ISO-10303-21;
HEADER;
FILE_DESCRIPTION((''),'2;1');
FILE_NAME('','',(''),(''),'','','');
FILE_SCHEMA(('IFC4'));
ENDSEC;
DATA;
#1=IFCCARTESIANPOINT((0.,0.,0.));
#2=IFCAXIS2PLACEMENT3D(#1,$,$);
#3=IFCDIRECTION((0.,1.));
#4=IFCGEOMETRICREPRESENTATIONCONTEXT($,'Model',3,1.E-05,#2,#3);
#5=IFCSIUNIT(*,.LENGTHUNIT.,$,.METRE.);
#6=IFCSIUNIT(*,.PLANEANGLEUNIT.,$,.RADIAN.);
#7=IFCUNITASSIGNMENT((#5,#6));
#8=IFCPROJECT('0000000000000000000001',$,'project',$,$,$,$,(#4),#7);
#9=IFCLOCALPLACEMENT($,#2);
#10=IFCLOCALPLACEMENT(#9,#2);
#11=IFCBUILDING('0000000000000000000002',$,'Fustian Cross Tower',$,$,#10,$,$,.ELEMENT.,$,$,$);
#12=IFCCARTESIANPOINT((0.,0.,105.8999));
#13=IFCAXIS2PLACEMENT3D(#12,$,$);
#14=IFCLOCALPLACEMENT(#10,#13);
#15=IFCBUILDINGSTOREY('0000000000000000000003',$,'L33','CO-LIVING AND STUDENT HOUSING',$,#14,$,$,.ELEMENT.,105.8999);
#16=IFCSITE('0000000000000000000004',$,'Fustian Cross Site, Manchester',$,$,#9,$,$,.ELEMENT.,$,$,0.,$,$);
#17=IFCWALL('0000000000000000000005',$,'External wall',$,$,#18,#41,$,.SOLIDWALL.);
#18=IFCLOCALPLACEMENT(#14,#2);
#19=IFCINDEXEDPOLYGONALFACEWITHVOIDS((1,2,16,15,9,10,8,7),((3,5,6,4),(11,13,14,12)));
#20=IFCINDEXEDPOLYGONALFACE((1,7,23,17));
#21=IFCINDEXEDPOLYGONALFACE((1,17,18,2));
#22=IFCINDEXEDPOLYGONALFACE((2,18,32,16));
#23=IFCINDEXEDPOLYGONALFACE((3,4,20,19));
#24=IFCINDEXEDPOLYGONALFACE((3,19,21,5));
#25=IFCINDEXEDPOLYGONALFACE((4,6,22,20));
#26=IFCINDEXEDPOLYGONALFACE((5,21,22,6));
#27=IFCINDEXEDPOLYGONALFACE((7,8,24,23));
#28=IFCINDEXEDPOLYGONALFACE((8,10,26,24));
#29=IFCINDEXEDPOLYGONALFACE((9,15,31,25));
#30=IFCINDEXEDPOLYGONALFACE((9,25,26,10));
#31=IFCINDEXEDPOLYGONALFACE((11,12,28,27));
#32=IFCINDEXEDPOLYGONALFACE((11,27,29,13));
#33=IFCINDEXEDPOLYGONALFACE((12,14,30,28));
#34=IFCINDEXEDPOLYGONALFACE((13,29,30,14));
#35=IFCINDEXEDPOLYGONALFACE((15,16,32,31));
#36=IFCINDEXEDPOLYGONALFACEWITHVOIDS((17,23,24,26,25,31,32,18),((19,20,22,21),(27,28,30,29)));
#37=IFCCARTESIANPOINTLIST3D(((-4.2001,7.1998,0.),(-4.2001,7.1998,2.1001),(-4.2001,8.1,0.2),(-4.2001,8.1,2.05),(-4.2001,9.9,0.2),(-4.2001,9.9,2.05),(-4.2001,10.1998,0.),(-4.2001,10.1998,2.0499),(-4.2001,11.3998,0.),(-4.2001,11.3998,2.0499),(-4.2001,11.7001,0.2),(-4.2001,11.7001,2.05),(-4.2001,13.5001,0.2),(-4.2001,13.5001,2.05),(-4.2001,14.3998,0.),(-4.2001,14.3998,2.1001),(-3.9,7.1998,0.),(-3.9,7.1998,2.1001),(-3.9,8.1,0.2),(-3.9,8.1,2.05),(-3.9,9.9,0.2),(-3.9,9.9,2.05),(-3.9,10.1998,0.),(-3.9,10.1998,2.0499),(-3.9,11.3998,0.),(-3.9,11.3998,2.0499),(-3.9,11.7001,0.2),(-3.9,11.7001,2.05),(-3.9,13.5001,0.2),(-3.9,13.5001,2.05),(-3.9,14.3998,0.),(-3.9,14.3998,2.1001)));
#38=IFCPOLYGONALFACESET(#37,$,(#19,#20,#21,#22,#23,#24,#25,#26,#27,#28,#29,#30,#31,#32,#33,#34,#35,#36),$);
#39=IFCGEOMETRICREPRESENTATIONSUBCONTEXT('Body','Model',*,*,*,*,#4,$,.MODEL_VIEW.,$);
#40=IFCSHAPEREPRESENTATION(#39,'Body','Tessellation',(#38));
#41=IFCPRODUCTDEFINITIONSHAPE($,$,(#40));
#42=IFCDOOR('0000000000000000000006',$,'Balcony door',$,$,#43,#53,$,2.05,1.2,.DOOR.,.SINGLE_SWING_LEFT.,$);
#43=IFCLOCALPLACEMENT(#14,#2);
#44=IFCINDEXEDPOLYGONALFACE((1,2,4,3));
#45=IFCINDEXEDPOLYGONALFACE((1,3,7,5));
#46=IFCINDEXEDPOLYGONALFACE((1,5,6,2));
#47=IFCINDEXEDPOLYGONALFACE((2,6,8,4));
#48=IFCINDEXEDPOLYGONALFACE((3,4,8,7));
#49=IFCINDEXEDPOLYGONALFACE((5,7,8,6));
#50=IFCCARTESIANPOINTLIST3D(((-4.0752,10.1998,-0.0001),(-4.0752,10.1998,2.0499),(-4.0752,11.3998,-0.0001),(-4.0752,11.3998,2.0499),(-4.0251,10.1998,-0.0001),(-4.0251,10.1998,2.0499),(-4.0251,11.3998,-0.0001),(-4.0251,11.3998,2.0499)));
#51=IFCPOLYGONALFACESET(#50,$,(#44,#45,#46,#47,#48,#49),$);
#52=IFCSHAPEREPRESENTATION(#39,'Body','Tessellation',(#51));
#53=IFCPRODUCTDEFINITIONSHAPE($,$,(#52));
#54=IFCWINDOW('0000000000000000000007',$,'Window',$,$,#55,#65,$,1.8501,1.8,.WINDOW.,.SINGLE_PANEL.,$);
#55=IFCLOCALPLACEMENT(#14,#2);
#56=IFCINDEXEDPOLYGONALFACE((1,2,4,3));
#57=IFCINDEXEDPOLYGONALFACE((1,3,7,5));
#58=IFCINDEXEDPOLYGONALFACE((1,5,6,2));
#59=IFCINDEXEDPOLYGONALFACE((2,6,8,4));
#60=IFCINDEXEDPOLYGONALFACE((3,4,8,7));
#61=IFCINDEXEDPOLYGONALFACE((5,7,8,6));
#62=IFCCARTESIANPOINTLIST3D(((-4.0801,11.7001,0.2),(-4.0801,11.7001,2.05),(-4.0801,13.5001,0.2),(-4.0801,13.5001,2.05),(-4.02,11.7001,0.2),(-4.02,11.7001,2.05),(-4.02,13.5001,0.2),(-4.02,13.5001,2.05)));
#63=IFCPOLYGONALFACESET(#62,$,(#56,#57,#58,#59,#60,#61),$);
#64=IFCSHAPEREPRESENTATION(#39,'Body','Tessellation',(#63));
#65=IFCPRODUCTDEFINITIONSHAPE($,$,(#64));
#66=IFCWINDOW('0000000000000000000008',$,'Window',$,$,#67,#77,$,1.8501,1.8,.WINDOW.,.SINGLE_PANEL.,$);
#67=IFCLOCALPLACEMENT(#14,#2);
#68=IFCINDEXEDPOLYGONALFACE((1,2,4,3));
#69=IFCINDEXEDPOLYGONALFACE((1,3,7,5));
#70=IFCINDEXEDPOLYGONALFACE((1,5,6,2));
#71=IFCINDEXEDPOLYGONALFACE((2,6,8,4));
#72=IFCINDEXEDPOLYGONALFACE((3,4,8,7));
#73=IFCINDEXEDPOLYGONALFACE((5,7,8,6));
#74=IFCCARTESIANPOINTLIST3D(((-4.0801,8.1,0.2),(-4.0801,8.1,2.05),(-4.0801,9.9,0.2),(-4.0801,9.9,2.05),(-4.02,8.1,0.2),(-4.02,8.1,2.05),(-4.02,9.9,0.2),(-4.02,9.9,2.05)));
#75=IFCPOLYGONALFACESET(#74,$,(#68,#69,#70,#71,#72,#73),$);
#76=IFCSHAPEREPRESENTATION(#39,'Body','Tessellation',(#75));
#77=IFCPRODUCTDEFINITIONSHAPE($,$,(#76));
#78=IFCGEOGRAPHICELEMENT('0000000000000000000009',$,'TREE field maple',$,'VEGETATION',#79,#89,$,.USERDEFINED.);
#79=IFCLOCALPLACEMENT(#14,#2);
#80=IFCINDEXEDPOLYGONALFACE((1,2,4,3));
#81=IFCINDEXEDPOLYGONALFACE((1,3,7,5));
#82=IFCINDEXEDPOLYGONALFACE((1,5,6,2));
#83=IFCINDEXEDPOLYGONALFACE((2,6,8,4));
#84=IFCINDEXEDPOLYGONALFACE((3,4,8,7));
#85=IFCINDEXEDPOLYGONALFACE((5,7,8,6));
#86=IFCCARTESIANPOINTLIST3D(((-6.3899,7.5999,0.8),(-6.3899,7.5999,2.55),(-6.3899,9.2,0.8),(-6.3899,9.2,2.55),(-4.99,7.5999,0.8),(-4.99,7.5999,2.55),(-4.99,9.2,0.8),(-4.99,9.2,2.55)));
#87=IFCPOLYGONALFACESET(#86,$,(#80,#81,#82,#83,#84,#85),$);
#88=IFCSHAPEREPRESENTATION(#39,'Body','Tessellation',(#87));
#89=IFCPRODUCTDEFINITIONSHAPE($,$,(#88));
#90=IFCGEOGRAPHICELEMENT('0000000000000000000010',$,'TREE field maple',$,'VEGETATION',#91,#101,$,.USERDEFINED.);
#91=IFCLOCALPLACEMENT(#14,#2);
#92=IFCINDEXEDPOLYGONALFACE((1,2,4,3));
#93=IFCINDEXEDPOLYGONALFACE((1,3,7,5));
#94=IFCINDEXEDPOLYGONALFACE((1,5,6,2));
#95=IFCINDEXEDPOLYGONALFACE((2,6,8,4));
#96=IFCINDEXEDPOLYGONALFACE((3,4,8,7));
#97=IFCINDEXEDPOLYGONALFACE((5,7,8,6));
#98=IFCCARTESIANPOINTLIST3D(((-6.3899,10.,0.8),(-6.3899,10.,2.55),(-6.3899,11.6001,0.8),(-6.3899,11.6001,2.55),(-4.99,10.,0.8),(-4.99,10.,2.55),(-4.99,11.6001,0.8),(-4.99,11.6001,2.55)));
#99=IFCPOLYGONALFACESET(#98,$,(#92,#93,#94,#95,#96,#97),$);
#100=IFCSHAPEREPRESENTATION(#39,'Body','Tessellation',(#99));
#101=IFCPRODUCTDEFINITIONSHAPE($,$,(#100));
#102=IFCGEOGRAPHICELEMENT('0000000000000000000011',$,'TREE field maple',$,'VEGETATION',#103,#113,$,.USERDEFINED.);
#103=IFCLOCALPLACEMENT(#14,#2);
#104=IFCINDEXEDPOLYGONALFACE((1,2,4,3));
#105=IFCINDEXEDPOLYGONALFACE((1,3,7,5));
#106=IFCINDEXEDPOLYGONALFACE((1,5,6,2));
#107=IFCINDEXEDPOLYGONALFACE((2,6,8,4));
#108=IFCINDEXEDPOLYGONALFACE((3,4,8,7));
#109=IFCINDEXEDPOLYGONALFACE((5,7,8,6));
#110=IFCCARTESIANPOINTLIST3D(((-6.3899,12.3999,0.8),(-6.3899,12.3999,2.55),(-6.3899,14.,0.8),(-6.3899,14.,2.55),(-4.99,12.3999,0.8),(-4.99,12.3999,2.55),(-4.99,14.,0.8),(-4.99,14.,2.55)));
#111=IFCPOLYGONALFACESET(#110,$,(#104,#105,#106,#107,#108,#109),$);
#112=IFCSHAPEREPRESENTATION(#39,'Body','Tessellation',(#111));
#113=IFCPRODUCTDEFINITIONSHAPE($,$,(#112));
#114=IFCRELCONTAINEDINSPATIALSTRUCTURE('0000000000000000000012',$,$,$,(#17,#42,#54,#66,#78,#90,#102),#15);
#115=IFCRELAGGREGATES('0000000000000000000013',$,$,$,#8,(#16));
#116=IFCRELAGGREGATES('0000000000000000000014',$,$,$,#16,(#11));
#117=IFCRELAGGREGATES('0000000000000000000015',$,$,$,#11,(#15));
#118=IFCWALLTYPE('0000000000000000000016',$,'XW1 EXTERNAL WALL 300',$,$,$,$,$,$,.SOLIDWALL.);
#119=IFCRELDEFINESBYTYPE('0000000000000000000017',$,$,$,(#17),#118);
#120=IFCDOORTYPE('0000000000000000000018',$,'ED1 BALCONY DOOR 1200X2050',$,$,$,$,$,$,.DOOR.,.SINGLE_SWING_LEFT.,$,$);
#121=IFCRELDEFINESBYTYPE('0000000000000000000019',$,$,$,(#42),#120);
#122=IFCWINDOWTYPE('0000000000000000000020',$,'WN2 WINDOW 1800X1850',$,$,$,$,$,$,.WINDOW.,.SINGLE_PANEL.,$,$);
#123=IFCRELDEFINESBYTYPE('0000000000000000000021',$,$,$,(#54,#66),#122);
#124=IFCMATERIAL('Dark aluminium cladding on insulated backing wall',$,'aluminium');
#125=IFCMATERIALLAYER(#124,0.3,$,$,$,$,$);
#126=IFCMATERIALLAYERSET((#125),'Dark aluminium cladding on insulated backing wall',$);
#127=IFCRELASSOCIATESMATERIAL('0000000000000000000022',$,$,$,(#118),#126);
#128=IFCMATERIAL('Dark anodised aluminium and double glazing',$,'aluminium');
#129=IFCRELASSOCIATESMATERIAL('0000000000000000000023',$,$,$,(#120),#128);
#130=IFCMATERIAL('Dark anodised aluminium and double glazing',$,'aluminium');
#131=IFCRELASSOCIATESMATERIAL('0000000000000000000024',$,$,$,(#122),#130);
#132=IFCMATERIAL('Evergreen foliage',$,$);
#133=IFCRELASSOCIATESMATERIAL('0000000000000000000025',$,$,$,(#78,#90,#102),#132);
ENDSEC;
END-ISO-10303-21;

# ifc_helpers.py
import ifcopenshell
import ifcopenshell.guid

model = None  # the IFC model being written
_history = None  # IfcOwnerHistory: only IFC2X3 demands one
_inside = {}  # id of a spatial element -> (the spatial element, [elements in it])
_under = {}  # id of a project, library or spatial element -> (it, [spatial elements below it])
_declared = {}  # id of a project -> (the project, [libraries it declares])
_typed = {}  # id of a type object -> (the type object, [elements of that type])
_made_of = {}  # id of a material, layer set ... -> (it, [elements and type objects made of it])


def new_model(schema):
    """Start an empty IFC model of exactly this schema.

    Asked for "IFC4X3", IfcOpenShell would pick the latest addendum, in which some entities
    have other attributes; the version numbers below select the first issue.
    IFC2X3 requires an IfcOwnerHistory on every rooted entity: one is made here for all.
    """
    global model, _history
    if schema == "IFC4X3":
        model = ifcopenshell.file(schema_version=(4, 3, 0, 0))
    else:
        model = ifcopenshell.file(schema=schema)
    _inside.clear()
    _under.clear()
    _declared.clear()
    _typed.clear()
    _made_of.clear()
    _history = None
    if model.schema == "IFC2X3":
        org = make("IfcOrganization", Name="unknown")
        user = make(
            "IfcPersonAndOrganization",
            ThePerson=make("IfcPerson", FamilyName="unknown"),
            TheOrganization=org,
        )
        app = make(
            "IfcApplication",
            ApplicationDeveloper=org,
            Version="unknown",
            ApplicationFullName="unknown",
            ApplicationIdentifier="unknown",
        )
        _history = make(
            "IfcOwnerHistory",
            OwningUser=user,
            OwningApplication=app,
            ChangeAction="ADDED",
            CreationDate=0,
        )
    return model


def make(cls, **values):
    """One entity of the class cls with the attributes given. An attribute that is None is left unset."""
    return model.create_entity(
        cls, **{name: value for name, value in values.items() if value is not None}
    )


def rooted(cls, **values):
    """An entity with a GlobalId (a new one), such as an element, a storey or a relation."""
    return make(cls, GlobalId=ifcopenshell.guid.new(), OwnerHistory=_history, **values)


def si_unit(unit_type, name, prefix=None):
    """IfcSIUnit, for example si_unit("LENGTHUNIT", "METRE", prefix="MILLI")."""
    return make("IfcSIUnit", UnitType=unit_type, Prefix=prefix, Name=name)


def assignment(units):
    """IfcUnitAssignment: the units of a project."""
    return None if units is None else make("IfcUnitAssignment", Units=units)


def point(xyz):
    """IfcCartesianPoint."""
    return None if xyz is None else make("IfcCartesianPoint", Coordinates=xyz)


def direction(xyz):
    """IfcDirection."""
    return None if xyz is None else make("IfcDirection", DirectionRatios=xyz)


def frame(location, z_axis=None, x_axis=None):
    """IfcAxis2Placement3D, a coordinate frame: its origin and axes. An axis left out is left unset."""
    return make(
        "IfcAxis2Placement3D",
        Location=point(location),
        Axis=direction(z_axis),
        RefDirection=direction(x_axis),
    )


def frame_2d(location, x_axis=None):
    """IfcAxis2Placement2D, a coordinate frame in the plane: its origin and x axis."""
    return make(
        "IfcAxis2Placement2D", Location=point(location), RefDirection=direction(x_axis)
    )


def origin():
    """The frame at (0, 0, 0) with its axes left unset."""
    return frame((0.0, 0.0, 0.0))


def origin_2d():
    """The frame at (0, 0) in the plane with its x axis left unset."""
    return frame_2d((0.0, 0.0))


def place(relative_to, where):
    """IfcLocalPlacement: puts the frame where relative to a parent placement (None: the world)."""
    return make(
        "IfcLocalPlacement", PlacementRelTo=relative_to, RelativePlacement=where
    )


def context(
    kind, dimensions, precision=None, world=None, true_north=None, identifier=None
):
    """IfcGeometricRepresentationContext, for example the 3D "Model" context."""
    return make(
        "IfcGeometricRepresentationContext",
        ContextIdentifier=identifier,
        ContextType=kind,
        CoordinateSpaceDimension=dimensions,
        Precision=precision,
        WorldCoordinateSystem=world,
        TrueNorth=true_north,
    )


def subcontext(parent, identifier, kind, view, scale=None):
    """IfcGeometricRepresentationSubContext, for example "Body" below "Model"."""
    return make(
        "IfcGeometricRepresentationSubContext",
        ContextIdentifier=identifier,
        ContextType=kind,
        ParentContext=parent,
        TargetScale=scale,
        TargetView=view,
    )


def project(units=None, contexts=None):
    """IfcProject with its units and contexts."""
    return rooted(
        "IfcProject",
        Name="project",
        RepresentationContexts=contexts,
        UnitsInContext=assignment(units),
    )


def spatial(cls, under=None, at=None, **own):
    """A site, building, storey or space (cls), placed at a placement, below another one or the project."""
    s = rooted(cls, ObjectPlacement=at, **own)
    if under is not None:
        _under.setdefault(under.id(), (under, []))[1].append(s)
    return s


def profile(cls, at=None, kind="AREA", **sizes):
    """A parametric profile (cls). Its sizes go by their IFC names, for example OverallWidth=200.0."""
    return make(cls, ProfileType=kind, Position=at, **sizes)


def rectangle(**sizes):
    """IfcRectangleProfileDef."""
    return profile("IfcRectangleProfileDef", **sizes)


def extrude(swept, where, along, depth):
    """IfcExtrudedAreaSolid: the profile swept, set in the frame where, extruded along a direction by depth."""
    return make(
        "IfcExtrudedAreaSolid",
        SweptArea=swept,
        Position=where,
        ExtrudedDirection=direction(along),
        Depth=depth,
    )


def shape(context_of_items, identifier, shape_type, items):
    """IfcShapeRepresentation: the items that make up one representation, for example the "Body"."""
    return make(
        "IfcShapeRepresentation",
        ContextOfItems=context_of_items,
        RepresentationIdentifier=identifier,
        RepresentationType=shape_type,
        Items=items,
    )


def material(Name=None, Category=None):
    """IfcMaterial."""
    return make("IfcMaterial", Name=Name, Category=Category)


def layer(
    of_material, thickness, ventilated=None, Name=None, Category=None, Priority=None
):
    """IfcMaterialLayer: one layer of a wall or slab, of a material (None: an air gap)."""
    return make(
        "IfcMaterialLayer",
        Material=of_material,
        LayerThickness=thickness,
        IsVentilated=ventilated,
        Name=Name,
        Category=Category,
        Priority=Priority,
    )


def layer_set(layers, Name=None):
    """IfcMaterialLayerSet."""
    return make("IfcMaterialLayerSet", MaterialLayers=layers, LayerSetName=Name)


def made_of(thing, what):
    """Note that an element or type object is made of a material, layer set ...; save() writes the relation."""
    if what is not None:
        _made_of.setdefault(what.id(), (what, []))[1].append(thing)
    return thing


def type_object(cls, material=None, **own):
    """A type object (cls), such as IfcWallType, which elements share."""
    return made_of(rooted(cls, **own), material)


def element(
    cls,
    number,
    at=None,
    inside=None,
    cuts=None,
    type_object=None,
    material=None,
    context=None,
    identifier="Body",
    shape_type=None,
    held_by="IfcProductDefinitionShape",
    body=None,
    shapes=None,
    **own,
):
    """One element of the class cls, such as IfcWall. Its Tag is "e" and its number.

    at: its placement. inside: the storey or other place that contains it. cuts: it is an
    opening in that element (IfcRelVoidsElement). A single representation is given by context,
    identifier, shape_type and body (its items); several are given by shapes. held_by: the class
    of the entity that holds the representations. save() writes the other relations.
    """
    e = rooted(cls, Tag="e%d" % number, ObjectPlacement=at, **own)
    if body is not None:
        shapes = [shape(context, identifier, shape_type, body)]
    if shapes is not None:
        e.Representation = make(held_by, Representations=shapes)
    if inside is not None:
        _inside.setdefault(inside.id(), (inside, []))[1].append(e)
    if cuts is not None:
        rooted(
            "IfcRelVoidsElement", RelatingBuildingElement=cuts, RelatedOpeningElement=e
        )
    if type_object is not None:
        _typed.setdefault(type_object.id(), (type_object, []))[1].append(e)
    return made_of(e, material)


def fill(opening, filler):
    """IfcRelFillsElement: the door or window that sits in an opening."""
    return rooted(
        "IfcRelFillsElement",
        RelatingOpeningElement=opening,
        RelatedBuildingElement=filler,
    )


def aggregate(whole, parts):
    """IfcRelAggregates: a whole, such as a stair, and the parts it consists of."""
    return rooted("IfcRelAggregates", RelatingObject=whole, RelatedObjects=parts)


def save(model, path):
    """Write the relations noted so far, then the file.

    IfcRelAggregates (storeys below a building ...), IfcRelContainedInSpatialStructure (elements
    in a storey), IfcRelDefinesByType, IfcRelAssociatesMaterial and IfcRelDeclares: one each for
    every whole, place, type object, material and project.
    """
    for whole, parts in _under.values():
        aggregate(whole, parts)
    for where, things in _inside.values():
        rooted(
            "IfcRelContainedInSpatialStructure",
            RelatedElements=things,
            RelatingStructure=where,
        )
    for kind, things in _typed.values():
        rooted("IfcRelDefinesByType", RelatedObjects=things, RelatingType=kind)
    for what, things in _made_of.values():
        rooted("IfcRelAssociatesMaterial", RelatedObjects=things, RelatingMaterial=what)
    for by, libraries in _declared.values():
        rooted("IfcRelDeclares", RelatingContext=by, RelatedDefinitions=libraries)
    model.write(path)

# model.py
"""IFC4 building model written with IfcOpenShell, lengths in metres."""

from ifc_helpers import new_model, si_unit, direction, frame, frame_2d, origin, origin_2d, place, context, subcontext, project, spatial, rectangle, extrude, material, layer, layer_set, type_object, element, fill, save


model = new_model("IFC4")

# Units and contexts
model_context = context("Model", 3, precision=1e-05, world=origin(), true_north=direction((0.0, 1.0)))
body_context = subcontext(model_context, "Body", "Model", "MODEL_VIEW")
ifc_project = project(units=[si_unit("LENGTHUNIT", "METRE"), si_unit("PLANEANGLEUNIT", "RADIAN")], contexts=[model_context])

# Site, building, storey
site_placement = place(None, origin())
site = spatial("IfcSite", under=ifc_project, at=site_placement, Name="Fustian Cross Site, Manchester", CompositionType="ELEMENT", RefElevation=0.0)
building_placement = place(site_placement, origin())
building = spatial("IfcBuilding", under=site, at=building_placement, Name="Fustian Cross Tower", CompositionType="ELEMENT")
storey_placement = place(building_placement, frame((0.0, 0.0, 105.8999)))
storey = spatial("IfcBuildingStorey", under=building, at=storey_placement, Name="L33", Description="CO-LIVING AND STUDENT HOUSING", CompositionType="ELEMENT", Elevation=105.8999)

# Shared definitions
ifc_material_1 = material(Name="Dark aluminium cladding on insulated backing wall", Category="aluminium")
ifc_layer_1 = layer(ifc_material_1, 0.3)
ifc_layer_set_1 = layer_set([ifc_layer_1], Name="Dark aluminium cladding on insulated backing wall")
wall_type_1 = type_object("IfcWallType", Name="XW1 EXTERNAL WALL 300", PredefinedType="SOLIDWALL", material=ifc_layer_set_1)

# Wall, openings, door, windows
wall_1_placement = place(storey_placement, frame((-4.05, 14.3999, 0.0), z_axis=(0.0, 0.0, 1.0), x_axis=(0.0, -1.0, 0.0)))
wall_1 = element("IfcWall", 1, at=wall_1_placement, inside=storey, type_object=wall_type_1, Name="External wall", PredefinedType="SOLIDWALL", context=body_context, shape_type="SweptSolid", body=[
    extrude(rectangle(XDim=7.2, YDim=0.3, at=frame_2d((3.6001, 0.0))), origin(), (0.0, 0.0, 1.0), 2.1001),
])
opening_1_placement = place(wall_1_placement, frame((3.0, 0.0, 0.0)))
opening_1 = element("IfcOpeningElement", 2, at=opening_1_placement, cuts=wall_1, PredefinedType="OPENING", context=body_context, shape_type="SweptSolid", body=[
    extrude(rectangle(XDim=1.2, YDim=2.05, at=frame_2d((0.6001, 1.0249))), frame((0.0, 0.1599, 0.0), z_axis=(0.0, -1.0, 0.0), x_axis=(1.0, 0.0, 0.0)), (0.0, 0.0, 1.0), 0.3201),
])
opening_2_placement = place(wall_1_placement, frame((0.8999, 0.0, 0.2)))
opening_2 = element("IfcOpeningElement", 3, at=opening_2_placement, cuts=wall_1, PredefinedType="OPENING", context=body_context, shape_type="SweptSolid", body=[
    extrude(rectangle(XDim=1.8, YDim=1.8501, at=frame_2d((0.8999, 0.925))), frame((0.0, 0.1599, 0.0), z_axis=(0.0, -1.0, 0.0), x_axis=(1.0, 0.0, 0.0)), (0.0, 0.0, 1.0), 0.3201),
])
opening_3_placement = place(wall_1_placement, frame((4.5, 0.0, 0.2)))
opening_3 = element("IfcOpeningElement", 4, at=opening_3_placement, cuts=wall_1, PredefinedType="OPENING", context=body_context, shape_type="SweptSolid", body=[
    extrude(rectangle(XDim=1.8, YDim=1.8501, at=frame_2d((0.8999, 0.925))), frame((0.0, 0.1599, 0.0), z_axis=(0.0, -1.0, 0.0), x_axis=(1.0, 0.0, 0.0)), (0.0, 0.0, 1.0), 0.3201),
])
ifc_material_2 = material(Name="Dark anodised aluminium and double glazing", Category="aluminium")
door_type_1 = type_object("IfcDoorType", Name="ED1 BALCONY DOOR 1200X2050", OperationType="SINGLE_SWING_LEFT", PredefinedType="DOOR", material=ifc_material_2)
door_1_placement = place(opening_1_placement, origin())
door_1 = element("IfcDoor", 5, at=door_1_placement, inside=storey, type_object=door_type_1, Name="Balcony door", OperationType="SINGLE_SWING_LEFT", OverallHeight=2.05, OverallWidth=1.2, PredefinedType="DOOR", context=body_context, shape_type="SweptSolid", body=[
    extrude(rectangle(XDim=1.2, YDim=2.05, at=frame_2d((0.6001, 1.0249))), frame((0.0, 0.0249, 0.0), z_axis=(0.0, -1.0, 0.0), x_axis=(1.0, 0.0, 0.0)), (0.0, 0.0, 1.0), 0.05),
])
fill(opening_1, door_1)
ifc_material_3 = material(Name="Dark anodised aluminium and double glazing", Category="aluminium")
window_type_1 = type_object("IfcWindowType", Name="WN2 WINDOW 1800X1850", PartitioningType="SINGLE_PANEL", PredefinedType="WINDOW", material=ifc_material_3)
window_1_placement = place(opening_2_placement, origin())
window_1 = element("IfcWindow", 6, at=window_1_placement, inside=storey, type_object=window_type_1, Name="Window", OverallHeight=1.8501, OverallWidth=1.8, PartitioningType="SINGLE_PANEL", PredefinedType="WINDOW", context=body_context, shape_type="SweptSolid", body=[
    extrude(rectangle(XDim=1.8, YDim=1.8501, at=frame_2d((0.8999, 0.925))), frame((0.0, 0.03, 0.0), z_axis=(0.0, -1.0, 0.0), x_axis=(1.0, 0.0, 0.0)), (0.0, 0.0, 1.0), 0.0601),
])
fill(opening_2, window_1)
window_2_placement = place(opening_3_placement, origin())
window_2 = element("IfcWindow", 7, at=window_2_placement, inside=storey, type_object=window_type_1, Name="Window", OverallHeight=1.8501, OverallWidth=1.8, PartitioningType="SINGLE_PANEL", PredefinedType="WINDOW", context=body_context, shape_type="SweptSolid", body=[
    extrude(rectangle(XDim=1.8, YDim=1.8501, at=frame_2d((0.8999, 0.925))), frame((0.0, 0.03, 0.0), z_axis=(0.0, -1.0, 0.0), x_axis=(1.0, 0.0, 0.0)), (0.0, 0.0, 1.0), 0.0601),
])
fill(opening_3, window_2)

# Geographic elements
ifc_material_4 = material(Name="Evergreen foliage")
for number, where, z_axis, x_axis, name in (
    (8, (-5.6899, 8.3999, 0.8), (0.0, 0.0, 1.0), (1.0, 0.0, 0.0), "TREE field maple"),
    (9, (-5.6899, 10.8, 0.8), (0.0, 0.0, 1.0), (1.0, 0.0, 0.0), "TREE field maple"),
    (10, (-5.6899, 13.2, 0.8), (0.0, 0.0, 1.0), (1.0, 0.0, 0.0), "TREE field maple"),
):
    element("IfcGeographicElement", number, at=place(storey_placement, frame(where, z_axis=z_axis, x_axis=x_axis)), inside=storey, material=ifc_material_4, Name=name, ObjectType="VEGETATION", PredefinedType="USERDEFINED", context=body_context, shape_type="SweptSolid", body=[
        extrude(rectangle(XDim=1.3999, YDim=1.6001, at=origin_2d()), origin(), (0.0, 0.0, 1.0), 1.75),
    ])

save(model, "model.ifc")
